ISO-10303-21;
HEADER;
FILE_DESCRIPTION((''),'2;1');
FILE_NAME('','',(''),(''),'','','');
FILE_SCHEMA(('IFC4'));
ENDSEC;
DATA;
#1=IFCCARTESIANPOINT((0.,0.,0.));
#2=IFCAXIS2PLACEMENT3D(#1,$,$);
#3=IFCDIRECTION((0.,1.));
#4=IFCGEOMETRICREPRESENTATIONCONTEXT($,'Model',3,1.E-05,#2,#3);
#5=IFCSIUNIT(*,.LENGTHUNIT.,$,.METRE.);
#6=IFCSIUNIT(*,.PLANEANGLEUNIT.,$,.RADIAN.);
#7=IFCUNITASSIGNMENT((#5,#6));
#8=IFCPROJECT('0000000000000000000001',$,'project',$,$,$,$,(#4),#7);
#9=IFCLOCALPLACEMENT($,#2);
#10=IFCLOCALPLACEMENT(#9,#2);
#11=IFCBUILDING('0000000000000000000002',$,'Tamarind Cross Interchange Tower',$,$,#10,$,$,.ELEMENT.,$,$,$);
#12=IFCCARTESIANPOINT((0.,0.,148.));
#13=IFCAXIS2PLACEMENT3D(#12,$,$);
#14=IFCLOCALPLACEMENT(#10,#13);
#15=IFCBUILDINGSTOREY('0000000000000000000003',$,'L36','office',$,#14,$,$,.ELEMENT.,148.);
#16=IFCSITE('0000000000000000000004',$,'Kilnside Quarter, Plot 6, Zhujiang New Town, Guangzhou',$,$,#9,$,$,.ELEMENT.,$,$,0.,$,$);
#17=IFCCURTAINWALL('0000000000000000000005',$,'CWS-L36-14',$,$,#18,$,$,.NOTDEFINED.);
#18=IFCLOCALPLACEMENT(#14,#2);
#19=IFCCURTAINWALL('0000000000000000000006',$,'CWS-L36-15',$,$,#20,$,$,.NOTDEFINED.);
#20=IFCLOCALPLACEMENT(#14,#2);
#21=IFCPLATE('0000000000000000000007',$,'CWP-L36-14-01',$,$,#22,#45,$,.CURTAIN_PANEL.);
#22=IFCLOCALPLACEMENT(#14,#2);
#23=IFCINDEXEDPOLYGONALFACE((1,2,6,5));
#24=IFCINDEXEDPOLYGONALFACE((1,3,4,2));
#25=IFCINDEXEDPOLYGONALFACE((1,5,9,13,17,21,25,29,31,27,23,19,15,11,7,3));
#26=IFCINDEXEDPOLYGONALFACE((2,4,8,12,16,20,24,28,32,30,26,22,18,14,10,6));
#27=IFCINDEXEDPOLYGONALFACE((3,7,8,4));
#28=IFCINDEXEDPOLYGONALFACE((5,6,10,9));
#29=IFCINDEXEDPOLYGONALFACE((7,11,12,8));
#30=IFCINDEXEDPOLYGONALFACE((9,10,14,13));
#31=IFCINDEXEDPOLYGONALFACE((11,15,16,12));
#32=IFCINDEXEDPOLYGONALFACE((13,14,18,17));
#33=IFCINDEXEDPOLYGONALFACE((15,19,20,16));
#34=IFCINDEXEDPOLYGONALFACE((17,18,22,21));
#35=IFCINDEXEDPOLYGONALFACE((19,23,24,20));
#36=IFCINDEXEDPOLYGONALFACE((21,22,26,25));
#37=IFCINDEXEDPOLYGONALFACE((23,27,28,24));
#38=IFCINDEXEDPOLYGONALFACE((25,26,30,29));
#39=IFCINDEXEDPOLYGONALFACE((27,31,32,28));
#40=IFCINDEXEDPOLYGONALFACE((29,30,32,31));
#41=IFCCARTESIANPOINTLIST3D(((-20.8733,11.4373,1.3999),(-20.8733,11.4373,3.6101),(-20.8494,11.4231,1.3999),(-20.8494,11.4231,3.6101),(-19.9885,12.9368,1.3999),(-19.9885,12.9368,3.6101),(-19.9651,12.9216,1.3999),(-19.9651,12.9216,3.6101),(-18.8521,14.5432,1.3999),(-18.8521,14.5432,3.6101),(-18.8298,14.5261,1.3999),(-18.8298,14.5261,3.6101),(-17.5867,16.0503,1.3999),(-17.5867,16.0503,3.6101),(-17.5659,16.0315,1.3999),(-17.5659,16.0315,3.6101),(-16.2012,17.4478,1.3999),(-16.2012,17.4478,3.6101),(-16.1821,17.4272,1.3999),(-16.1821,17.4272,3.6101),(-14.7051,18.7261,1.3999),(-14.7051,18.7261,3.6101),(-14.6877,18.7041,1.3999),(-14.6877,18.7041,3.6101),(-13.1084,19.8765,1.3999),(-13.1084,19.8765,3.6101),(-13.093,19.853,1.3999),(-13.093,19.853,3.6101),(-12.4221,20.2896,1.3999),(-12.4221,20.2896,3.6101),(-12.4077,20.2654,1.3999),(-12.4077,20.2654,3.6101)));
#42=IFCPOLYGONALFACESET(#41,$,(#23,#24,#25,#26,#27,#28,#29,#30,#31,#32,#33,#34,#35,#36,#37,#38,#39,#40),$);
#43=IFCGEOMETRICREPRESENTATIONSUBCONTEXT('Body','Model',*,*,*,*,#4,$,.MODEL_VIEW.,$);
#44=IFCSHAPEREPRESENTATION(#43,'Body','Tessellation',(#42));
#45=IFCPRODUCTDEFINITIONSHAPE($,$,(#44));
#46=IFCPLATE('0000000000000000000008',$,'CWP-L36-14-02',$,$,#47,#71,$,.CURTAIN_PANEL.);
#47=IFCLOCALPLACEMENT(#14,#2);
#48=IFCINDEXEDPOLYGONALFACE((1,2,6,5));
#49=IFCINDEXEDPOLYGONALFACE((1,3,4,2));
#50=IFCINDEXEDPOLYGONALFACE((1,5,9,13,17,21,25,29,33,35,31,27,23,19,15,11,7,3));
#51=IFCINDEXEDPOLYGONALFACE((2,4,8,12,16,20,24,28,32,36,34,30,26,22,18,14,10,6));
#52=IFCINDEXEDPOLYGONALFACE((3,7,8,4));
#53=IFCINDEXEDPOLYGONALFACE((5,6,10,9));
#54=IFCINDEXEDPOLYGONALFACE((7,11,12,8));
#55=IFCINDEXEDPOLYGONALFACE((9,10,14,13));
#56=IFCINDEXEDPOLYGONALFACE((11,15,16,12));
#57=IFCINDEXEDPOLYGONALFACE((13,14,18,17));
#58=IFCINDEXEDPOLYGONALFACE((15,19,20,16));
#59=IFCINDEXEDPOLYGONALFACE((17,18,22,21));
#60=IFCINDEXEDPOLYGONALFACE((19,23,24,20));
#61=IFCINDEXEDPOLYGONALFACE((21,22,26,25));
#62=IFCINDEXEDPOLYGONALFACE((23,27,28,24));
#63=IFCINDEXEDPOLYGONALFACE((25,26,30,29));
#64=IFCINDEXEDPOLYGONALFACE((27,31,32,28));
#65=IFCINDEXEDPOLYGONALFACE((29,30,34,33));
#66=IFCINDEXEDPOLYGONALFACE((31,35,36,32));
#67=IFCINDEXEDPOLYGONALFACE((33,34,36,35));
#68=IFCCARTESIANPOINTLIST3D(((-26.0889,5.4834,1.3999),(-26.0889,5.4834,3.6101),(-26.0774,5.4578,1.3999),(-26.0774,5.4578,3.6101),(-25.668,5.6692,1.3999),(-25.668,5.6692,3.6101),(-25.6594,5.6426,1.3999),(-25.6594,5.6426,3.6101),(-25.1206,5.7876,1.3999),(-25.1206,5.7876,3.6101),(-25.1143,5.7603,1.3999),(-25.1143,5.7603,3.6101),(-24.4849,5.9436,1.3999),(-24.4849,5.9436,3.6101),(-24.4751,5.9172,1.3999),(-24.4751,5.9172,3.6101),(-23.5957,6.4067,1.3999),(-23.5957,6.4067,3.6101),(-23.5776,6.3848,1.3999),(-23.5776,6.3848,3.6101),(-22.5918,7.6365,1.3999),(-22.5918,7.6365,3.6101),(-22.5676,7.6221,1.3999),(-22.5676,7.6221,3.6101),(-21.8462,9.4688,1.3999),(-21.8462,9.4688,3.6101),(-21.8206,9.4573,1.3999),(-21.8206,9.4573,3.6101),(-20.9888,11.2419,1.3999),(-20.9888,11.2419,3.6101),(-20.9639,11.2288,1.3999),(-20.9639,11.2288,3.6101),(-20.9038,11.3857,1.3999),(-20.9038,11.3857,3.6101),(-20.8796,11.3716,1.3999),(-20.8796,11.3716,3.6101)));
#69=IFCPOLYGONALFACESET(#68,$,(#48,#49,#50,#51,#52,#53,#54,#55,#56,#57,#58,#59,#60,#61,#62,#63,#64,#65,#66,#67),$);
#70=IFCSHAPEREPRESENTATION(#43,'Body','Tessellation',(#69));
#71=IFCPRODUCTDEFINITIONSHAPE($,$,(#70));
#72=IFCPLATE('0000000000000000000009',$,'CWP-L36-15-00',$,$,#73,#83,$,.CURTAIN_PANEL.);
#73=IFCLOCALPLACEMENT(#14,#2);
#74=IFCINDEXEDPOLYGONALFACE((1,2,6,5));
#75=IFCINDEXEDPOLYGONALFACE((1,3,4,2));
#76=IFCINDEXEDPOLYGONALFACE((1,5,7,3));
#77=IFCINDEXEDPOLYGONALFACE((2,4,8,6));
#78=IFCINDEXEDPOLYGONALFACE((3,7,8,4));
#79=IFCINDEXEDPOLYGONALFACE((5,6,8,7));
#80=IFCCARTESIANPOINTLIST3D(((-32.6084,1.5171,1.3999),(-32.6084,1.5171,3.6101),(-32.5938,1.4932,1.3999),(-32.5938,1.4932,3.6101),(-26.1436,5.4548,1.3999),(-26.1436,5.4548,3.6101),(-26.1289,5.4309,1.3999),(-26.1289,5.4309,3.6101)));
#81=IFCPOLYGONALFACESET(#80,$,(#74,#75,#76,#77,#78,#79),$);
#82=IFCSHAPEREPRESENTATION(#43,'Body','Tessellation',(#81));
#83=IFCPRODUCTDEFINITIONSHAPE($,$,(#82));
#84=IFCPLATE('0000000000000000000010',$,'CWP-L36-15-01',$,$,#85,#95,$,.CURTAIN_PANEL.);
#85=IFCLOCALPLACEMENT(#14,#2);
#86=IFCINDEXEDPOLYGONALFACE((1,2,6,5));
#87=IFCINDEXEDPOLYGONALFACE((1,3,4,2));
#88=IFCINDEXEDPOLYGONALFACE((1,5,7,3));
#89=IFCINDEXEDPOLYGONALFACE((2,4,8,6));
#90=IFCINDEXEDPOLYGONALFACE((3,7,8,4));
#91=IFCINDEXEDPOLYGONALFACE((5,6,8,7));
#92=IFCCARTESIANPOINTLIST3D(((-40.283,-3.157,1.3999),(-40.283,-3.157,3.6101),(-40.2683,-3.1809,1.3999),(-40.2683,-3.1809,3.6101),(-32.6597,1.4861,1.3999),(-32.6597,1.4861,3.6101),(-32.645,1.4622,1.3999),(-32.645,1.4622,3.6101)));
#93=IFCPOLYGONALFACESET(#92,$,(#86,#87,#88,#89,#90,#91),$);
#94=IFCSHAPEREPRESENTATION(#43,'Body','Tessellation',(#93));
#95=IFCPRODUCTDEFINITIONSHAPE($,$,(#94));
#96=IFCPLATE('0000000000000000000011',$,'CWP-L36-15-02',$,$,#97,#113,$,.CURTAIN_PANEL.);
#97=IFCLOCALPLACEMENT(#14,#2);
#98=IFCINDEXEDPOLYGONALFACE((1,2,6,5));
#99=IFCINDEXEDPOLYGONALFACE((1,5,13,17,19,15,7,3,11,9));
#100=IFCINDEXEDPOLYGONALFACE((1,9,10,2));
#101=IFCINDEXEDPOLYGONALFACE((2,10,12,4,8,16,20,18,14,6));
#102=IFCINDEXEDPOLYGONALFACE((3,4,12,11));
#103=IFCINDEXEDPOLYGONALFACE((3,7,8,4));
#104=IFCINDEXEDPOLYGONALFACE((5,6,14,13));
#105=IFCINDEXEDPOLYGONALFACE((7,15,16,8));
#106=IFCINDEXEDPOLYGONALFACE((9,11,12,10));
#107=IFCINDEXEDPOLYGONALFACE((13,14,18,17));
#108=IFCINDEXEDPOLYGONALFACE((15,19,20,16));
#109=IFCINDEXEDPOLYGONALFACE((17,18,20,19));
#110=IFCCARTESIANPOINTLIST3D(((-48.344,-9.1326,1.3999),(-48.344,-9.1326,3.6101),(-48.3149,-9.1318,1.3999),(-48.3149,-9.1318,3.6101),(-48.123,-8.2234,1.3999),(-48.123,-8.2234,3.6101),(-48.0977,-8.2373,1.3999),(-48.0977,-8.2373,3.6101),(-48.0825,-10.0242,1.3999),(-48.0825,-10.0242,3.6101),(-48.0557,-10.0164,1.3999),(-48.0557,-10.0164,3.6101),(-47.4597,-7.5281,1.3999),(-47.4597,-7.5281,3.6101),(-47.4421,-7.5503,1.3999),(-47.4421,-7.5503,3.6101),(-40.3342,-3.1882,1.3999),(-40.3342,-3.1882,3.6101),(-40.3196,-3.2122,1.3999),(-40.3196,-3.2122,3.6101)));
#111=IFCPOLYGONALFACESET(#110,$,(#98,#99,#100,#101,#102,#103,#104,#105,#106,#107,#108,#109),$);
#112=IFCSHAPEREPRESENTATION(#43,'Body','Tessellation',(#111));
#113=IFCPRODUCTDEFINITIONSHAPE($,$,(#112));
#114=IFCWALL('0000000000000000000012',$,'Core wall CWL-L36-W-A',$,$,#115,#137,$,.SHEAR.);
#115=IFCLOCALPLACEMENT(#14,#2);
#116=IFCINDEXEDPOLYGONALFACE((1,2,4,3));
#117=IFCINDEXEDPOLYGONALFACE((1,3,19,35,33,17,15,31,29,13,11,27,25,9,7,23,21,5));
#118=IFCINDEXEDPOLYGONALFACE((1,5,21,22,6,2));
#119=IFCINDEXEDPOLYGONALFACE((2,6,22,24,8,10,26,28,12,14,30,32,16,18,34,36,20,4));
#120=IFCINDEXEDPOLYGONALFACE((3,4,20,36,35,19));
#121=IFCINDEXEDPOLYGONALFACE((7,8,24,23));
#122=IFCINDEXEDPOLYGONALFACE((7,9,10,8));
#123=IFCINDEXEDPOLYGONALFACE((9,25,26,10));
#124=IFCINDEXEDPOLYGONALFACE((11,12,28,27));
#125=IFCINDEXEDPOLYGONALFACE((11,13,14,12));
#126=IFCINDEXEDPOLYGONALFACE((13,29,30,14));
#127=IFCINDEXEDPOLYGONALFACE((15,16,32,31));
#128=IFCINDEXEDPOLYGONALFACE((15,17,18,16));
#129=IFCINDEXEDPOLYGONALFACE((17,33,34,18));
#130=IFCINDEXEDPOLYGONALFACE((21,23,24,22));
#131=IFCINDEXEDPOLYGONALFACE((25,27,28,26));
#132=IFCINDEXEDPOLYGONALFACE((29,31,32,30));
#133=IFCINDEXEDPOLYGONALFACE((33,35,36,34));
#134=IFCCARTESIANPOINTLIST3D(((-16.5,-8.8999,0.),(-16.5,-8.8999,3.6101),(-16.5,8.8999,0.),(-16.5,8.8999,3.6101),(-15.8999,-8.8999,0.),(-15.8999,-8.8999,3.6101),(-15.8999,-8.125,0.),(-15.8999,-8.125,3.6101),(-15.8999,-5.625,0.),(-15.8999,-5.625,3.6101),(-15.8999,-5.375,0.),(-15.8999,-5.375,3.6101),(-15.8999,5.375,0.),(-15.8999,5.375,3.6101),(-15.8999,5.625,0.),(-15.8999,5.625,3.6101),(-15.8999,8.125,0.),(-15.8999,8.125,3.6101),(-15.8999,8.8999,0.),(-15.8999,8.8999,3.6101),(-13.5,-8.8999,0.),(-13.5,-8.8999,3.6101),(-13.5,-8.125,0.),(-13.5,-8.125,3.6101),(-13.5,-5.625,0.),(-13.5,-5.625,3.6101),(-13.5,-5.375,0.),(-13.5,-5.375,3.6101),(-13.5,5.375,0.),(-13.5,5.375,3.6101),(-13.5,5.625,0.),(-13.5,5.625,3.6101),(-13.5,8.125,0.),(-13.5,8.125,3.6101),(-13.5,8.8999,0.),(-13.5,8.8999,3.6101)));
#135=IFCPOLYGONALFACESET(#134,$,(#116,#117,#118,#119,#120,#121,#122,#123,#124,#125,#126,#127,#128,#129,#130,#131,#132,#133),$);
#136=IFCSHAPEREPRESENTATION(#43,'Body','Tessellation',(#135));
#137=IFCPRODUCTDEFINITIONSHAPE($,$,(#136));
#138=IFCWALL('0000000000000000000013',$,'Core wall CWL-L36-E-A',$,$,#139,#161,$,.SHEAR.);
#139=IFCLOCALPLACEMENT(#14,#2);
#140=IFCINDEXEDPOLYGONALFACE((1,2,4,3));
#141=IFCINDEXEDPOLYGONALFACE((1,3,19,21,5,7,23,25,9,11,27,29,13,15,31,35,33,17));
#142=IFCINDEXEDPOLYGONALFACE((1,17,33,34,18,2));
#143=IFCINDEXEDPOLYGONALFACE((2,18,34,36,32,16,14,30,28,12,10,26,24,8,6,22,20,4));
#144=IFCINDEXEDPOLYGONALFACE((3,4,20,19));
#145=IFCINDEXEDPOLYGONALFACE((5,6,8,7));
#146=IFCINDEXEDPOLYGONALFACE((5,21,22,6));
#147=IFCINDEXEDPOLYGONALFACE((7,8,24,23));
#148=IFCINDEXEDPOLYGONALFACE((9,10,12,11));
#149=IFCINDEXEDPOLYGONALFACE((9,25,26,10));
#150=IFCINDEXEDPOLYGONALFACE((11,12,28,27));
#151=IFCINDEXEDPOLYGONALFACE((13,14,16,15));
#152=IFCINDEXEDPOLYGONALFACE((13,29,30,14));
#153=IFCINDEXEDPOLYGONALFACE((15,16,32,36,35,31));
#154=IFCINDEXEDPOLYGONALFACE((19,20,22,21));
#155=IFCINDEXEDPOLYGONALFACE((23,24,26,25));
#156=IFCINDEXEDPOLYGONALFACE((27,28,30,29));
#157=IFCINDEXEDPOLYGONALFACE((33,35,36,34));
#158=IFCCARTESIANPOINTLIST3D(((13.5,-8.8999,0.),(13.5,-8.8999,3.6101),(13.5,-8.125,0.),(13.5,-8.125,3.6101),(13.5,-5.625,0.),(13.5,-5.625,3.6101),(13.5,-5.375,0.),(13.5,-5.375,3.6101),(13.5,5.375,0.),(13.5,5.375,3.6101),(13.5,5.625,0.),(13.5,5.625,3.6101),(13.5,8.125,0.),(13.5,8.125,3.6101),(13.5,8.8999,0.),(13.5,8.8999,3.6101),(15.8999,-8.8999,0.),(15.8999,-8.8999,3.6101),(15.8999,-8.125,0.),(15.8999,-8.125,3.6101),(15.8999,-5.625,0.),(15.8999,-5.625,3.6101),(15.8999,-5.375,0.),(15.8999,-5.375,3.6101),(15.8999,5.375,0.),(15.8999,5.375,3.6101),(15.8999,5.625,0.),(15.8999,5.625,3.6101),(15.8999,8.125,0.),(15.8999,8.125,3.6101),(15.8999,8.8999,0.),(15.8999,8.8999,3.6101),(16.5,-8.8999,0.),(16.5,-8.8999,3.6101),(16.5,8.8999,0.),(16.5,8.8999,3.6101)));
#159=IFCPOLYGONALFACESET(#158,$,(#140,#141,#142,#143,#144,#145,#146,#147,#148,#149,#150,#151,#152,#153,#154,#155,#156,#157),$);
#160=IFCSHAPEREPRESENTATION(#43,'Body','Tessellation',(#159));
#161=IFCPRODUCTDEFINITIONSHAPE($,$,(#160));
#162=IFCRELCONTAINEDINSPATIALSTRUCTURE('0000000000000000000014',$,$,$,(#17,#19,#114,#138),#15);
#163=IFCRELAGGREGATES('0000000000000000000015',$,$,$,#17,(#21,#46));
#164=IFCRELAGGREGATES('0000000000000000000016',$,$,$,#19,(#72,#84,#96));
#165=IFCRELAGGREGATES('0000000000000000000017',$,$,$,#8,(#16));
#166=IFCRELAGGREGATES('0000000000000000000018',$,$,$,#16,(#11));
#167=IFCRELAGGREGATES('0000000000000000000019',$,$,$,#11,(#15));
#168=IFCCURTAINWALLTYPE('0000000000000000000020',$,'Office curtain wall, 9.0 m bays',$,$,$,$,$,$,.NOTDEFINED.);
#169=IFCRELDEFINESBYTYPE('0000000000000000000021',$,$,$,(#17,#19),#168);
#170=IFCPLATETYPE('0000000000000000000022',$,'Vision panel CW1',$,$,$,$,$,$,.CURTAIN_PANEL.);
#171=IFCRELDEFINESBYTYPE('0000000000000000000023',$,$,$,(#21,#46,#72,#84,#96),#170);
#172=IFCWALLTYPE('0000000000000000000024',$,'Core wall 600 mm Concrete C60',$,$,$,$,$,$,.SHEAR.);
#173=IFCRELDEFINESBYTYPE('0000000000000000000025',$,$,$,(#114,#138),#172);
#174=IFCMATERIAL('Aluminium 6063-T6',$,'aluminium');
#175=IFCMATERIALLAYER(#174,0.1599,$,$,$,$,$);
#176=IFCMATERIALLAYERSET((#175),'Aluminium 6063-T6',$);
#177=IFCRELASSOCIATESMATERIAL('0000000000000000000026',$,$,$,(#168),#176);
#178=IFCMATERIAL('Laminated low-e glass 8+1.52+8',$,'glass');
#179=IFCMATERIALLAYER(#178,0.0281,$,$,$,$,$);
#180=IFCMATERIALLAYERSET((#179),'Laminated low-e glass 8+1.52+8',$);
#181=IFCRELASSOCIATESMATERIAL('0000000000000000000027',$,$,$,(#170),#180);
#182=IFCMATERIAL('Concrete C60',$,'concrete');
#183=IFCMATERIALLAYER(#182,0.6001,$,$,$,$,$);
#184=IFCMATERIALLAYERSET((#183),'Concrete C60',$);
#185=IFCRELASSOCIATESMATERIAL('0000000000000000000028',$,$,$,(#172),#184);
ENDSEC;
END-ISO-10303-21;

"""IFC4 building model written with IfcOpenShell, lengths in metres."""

from ifc_helpers import new_model, si_unit, direction, frame, origin, place, context, subcontext, project, spatial, polyline, outline, extrude, material, layer, layer_set, type_object, element, aggregate, save


model = new_model("IFC4")

# Units and contexts
model_context = context("Model", 3, precision=1e-05, world=origin(), true_north=direction((0.0, 1.0)))
body_context = subcontext(model_context, "Body", "Model", "MODEL_VIEW")
ifc_project = project(units=[si_unit("LENGTHUNIT", "METRE"), si_unit("PLANEANGLEUNIT", "RADIAN")], contexts=[model_context])

# Site, building, storey
site_placement = place(None, origin())
site = spatial("IfcSite", under=ifc_project, at=site_placement, Name="Kilnside Quarter, Plot 6, Zhujiang New Town, Guangzhou", CompositionType="ELEMENT", RefElevation=0.0)
building_placement = place(site_placement, origin())
building = spatial("IfcBuilding", under=site, at=building_placement, Name="Tamarind Cross Interchange Tower", CompositionType="ELEMENT")
storey_placement = place(building_placement, frame((0.0, 0.0, 148.0)))
storey = spatial("IfcBuildingStorey", under=building, at=storey_placement, Name="L36", Description="office", CompositionType="ELEMENT", Elevation=148.0)

# Curtain walls
ifc_material_1 = material(Name="Aluminium 6063-T6", Category="aluminium")
ifc_layer_1 = layer(ifc_material_1, 0.1599)
ifc_layer_set_1 = layer_set([ifc_layer_1], Name="Aluminium 6063-T6")
curtain_wall_type = type_object("IfcCurtainWallType", Name="Office curtain wall, 9.0 m bays", PredefinedType="NOTDEFINED", material=ifc_layer_set_1)
curtain_wall_1_placement = place(storey_placement, origin())
curtain_wall_1 = element("IfcCurtainWall", 1, at=curtain_wall_1_placement, inside=storey, type_object=curtain_wall_type, Name="CWS-L36-14", PredefinedType="NOTDEFINED")
curtain_wall_2_placement = place(storey_placement, origin())
curtain_wall_2 = element("IfcCurtainWall", 2, at=curtain_wall_2_placement, inside=storey, type_object=curtain_wall_type, Name="CWS-L36-15", PredefinedType="NOTDEFINED")

# Plates
ifc_material_2 = material(Name="Laminated low-e glass 8+1.52+8", Category="glass")
ifc_layer_2 = layer(ifc_material_2, 0.0281)
ifc_layer_set_2 = layer_set([ifc_layer_2], Name="Laminated low-e glass 8+1.52+8")
plate_type = type_object("IfcPlateType", Name="Vision panel CW1", PredefinedType="CURTAIN_PANEL", material=ifc_layer_set_2)
plate_1_placement = place(storey_placement, frame((0.0, 0.0, 1.3999)))
plate_1 = element("IfcPlate", 3, at=plate_1_placement, type_object=plate_type, Name="CWP-L36-14-01", PredefinedType="CURTAIN_PANEL", context=body_context, shape_type="SweptSolid", body=[
    extrude(outline(polyline([(-12.4077, 20.2654), (-13.093, 19.853), (-14.6877, 18.7041), (-16.1821, 17.4272), (-17.5659, 16.0315), (-18.8298, 14.5261), (-19.9651, 12.9216), (-20.8494, 11.4231), (-20.8733, 11.4373), (-19.9885, 12.9368), (-18.8521, 14.5432), (-17.5867, 16.0503), (-16.2012, 17.4478), (-14.7051, 18.7261), (-13.1084, 19.8765), (-12.4221, 20.2896), (-12.4077, 20.2654)])), origin(), (0.0, 0.0, 1.0), 2.2102),
])
plate_2_placement = place(storey_placement, frame((0.0, 0.0, 1.3999)))
plate_2 = element("IfcPlate", 4, at=plate_2_placement, type_object=plate_type, Name="CWP-L36-14-02", PredefinedType="CURTAIN_PANEL", context=body_context, shape_type="SweptSolid", body=[
    extrude(outline(polyline([(-20.8796, 11.3716), (-20.9639, 11.2288), (-21.8206, 9.4573), (-22.5676, 7.6221), (-23.5776, 6.3848), (-24.4751, 5.9172), (-25.1143, 5.7603), (-25.6594, 5.6426), (-26.0774, 5.4578), (-26.0889, 5.4834), (-25.668, 5.6692), (-25.1206, 5.7876), (-24.4849, 5.9436), (-23.5957, 6.4067), (-22.5918, 7.6365), (-21.8462, 9.4688), (-20.9888, 11.2419), (-20.9038, 11.3857), (-20.8796, 11.3716)])), origin(), (0.0, 0.0, 1.0), 2.2102),
])
aggregate(curtain_wall_1, [plate_1, plate_2])
plate_3_placement = place(storey_placement, frame((0.0, 0.0, 1.3999)))
plate_3 = element("IfcPlate", 5, at=plate_3_placement, type_object=plate_type, Name="CWP-L36-15-00", PredefinedType="CURTAIN_PANEL", context=body_context, shape_type="SweptSolid", body=[
    extrude(outline(polyline([(-26.1289, 5.4309), (-32.5938, 1.4932), (-32.6084, 1.5171), (-26.1436, 5.4548), (-26.1289, 5.4309)])), origin(), (0.0, 0.0, 1.0), 2.2102),
])
plate_4_placement = place(storey_placement, frame((0.0, 0.0, 1.3999)))
plate_4 = element("IfcPlate", 6, at=plate_4_placement, type_object=plate_type, Name="CWP-L36-15-01", PredefinedType="CURTAIN_PANEL", context=body_context, shape_type="SweptSolid", body=[
    extrude(outline(polyline([(-32.645, 1.4622), (-40.2683, -3.1809), (-40.283, -3.157), (-32.6597, 1.4861), (-32.645, 1.4622)])), origin(), (0.0, 0.0, 1.0), 2.2102),
])
plate_5_placement = place(storey_placement, frame((0.0, 0.0, 1.3999)))
plate_5 = element("IfcPlate", 7, at=plate_5_placement, type_object=plate_type, Name="CWP-L36-15-02", PredefinedType="CURTAIN_PANEL", context=body_context, shape_type="SweptSolid", body=[
    extrude(outline(polyline([(-40.3196, -3.2122), (-47.4421, -7.5503), (-48.0977, -8.2373), (-48.3149, -9.1318), (-48.0557, -10.0164), (-48.0825, -10.0242), (-48.344, -9.1326), (-48.123, -8.2234), (-47.4597, -7.5281), (-40.3342, -3.1882), (-40.3196, -3.2122)])), origin(), (0.0, 0.0, 1.0), 2.2102),
])
aggregate(curtain_wall_2, [plate_3, plate_4, plate_5])

# Walls
ifc_material_3 = material(Name="Concrete C60", Category="concrete")
ifc_layer_3 = layer(ifc_material_3, 0.6001)
ifc_layer_set_3 = layer_set([ifc_layer_3], Name="Concrete C60")
wall_type_1 = type_object("IfcWallType", Name="Core wall 600 mm Concrete C60", PredefinedType="SHEAR", material=ifc_layer_set_3)
wall_1_placement = place(storey_placement, origin())
element("IfcWall", 8, at=wall_1_placement, inside=storey, type_object=wall_type_1, Name="Core wall CWL-L36-W-A", PredefinedType="SHEAR", context=body_context, shape_type="SweptSolid", body=[
    extrude(outline(polyline([(-13.5, -8.125), (-15.8999, -8.125), (-15.8999, -5.625), (-13.5, -5.625), (-13.5, -5.375), (-15.8999, -5.375), (-15.8999, 5.375), (-13.5, 5.375), (-13.5, 5.625), (-15.8999, 5.625), (-15.8999, 8.125), (-13.5, 8.125), (-13.5, 8.8999), (-15.8999, 8.8999), (-16.5, 8.8999), (-16.5, -8.8999), (-15.8999, -8.8999), (-13.5, -8.8999), (-13.5, -8.125)])), origin(), (0.0, 0.0, 1.0), 3.6101),
])
wall_2_placement = place(storey_placement, origin())
element("IfcWall", 9, at=wall_2_placement, inside=storey, type_object=wall_type_1, Name="Core wall CWL-L36-E-A", PredefinedType="SHEAR", context=body_context, shape_type="SweptSolid", body=[
    extrude(outline(polyline([(13.5, -8.125), (13.5, -8.8999), (15.8999, -8.8999), (16.5, -8.8999), (16.5, 8.8999), (15.8999, 8.8999), (13.5, 8.8999), (13.5, 8.125), (15.8999, 8.125), (15.8999, 5.625), (13.5, 5.625), (13.5, 5.375), (15.8999, 5.375), (15.8999, -5.375), (13.5, -5.375), (13.5, -5.625), (15.8999, -5.625), (15.8999, -8.125), (13.5, -8.125)])), origin(), (0.0, 0.0, 1.0), 3.6101),
])

save(model, "model.ifc")
